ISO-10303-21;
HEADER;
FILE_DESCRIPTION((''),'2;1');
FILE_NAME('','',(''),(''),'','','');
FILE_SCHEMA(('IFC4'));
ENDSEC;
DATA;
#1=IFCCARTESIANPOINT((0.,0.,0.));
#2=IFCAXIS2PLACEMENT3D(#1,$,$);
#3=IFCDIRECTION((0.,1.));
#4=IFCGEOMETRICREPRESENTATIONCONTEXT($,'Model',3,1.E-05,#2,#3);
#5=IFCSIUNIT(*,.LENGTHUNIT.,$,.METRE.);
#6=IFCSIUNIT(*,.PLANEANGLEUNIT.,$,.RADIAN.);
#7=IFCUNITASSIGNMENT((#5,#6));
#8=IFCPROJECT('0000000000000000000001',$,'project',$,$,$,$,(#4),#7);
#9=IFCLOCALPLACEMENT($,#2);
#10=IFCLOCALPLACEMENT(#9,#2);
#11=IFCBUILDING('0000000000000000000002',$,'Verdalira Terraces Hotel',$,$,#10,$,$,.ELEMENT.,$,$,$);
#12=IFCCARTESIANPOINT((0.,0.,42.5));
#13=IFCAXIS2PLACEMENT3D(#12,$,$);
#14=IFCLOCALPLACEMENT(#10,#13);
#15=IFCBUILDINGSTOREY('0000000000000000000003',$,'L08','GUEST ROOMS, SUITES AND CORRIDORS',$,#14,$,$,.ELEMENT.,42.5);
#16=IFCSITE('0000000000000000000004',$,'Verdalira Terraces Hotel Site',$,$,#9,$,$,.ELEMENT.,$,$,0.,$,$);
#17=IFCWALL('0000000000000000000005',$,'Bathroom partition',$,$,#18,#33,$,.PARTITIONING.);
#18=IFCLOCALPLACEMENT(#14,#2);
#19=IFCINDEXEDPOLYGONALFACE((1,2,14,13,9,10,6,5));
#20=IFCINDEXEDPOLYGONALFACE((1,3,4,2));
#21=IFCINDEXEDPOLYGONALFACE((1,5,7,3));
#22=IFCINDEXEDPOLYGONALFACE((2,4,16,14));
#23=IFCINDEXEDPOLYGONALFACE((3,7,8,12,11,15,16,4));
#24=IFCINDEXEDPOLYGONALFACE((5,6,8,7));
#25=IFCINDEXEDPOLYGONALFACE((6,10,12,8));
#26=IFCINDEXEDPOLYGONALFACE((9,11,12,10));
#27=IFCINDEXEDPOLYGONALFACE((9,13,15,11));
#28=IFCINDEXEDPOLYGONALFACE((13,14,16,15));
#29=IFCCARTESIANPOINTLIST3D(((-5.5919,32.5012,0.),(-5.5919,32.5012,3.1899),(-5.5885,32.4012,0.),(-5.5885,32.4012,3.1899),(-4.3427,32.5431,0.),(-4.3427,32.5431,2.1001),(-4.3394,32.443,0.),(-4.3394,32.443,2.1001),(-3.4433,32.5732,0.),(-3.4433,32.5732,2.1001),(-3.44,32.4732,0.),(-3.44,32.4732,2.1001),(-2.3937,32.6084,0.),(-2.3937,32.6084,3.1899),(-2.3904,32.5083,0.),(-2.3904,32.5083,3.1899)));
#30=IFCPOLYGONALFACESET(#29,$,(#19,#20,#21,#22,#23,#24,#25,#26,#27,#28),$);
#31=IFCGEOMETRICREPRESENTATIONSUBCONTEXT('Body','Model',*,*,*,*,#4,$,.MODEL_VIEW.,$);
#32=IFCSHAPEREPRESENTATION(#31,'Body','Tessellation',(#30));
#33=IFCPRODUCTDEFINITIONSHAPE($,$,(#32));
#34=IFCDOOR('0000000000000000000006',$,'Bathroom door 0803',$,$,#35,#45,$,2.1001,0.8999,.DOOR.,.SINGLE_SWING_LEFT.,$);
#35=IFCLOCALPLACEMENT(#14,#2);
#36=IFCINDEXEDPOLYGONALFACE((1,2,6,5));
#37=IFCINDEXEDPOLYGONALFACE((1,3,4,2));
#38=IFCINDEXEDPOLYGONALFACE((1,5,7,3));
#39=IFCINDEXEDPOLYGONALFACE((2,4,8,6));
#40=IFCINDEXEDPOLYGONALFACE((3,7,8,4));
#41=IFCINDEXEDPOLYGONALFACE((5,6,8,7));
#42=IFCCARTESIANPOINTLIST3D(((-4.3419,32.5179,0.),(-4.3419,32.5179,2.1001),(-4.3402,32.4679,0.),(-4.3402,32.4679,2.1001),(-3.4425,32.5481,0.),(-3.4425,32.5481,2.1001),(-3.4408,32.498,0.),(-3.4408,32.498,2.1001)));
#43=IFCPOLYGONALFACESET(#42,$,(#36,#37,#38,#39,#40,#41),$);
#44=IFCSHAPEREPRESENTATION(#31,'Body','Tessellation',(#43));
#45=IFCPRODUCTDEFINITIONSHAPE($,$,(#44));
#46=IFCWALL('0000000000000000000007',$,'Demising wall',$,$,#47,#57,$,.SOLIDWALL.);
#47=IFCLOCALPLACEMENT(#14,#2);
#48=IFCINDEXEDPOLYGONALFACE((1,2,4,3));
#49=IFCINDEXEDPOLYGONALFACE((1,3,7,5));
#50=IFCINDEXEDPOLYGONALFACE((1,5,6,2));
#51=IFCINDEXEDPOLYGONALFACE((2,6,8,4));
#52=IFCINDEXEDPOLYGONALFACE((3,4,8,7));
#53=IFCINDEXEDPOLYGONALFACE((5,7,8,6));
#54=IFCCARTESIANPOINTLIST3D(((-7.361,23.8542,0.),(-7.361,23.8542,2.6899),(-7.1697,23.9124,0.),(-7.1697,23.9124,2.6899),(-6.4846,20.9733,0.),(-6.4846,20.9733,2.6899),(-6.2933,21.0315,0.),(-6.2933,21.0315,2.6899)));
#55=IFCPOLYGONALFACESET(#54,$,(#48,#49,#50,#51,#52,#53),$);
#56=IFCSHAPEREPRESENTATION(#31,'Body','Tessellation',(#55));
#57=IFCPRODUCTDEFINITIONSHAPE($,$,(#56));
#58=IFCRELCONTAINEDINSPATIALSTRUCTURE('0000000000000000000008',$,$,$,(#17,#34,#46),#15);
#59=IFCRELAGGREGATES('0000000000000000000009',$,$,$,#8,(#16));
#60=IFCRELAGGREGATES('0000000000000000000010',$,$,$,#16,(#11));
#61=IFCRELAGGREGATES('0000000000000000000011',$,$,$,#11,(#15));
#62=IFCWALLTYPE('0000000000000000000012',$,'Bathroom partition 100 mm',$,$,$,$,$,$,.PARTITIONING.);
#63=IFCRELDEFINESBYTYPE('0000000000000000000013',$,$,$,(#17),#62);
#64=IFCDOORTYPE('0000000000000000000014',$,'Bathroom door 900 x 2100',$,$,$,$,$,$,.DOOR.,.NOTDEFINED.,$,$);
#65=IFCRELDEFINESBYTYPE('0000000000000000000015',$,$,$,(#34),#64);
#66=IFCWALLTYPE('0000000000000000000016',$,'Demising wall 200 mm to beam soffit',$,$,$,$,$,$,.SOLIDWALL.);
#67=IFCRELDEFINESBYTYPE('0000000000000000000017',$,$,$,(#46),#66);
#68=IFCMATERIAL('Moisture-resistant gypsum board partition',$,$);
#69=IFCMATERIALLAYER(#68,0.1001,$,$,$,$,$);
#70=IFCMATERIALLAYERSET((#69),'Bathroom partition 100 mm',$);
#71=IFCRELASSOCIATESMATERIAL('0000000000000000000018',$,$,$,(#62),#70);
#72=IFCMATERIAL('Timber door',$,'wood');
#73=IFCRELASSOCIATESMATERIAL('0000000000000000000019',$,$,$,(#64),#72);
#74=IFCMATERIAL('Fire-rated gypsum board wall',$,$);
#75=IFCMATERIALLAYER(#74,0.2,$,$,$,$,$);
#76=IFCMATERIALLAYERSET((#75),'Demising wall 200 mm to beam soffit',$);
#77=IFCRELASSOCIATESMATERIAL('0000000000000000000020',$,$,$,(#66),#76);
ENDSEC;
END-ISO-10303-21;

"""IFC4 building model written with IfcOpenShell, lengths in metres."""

from ifc_helpers import new_model, si_unit, direction, frame, frame_2d, origin, place, context, subcontext, project, spatial, rectangle, extrude, material, layer, layer_set, type_object, element, fill, save


model = new_model("IFC4")

# Units and contexts
model_context = context("Model", 3, precision=1e-05, world=origin(), true_north=direction((0.0, 1.0)))
body_context = subcontext(model_context, "Body", "Model", "MODEL_VIEW")
ifc_project = project(units=[si_unit("LENGTHUNIT", "METRE"), si_unit("PLANEANGLEUNIT", "RADIAN")], contexts=[model_context])

# Site, building, storey
site_placement = place(None, origin())
site = spatial("IfcSite", under=ifc_project, at=site_placement, Name="Verdalira Terraces Hotel Site", CompositionType="ELEMENT", RefElevation=0.0)
building_placement = place(site_placement, origin())
building = spatial("IfcBuilding", under=site, at=building_placement, Name="Verdalira Terraces Hotel", CompositionType="ELEMENT")
storey_placement = place(building_placement, frame((0.0, 0.0, 42.5)))
storey = spatial("IfcBuildingStorey", under=building, at=storey_placement, Name="L08", Description="GUEST ROOMS, SUITES AND CORRIDORS", CompositionType="ELEMENT", Elevation=42.5)

# Shared definitions
ifc_material_1 = material(Name="Moisture-resistant gypsum board partition")
ifc_layer_1 = layer(ifc_material_1, 0.1001)
ifc_layer_set_1 = layer_set([ifc_layer_1], Name="Bathroom partition 100 mm")
wall_type_1 = type_object("IfcWallType", Name="Bathroom partition 100 mm", PredefinedType="PARTITIONING", material=ifc_layer_set_1)

# Wall, opening, door
wall_1_placement = place(storey_placement, frame((-5.5903, 32.4512, 0.0), z_axis=(0.0, 0.0, 1.0), x_axis=(0.999439, 0.033493, 0.0)))
wall_1 = element("IfcWall", 1, at=wall_1_placement, inside=storey, type_object=wall_type_1, Name="Bathroom partition", PredefinedType="PARTITIONING", context=body_context, shape_type="SweptSolid", body=[
    extrude(rectangle(XDim=3.2, YDim=0.1001, at=frame_2d((1.6001, 0.0))), origin(), (0.0, 0.0, 1.0), 3.1899),
])
opening_1_placement = place(wall_1_placement, frame((1.25, 0.0, 0.0)))
opening_1 = element("IfcOpeningElement", 2, at=opening_1_placement, cuts=wall_1, PredefinedType="OPENING", context=body_context, shape_type="SweptSolid", body=[
    extrude(rectangle(XDim=0.8999, YDim=2.1001, at=frame_2d((0.45, 1.05))), frame((0.0, 0.0601, 0.0), z_axis=(0.0, -1.0, 0.0), x_axis=(1.0, 0.0, 0.0)), (0.0, 0.0, 1.0), 0.1201),
])
ifc_material_2 = material(Name="Timber door", Category="wood")
door_type_1 = type_object("IfcDoorType", Name="Bathroom door 900 x 2100", OperationType="NOTDEFINED", PredefinedType="DOOR", material=ifc_material_2)
door_1_placement = place(opening_1_placement, origin())
door_1 = element("IfcDoor", 3, at=door_1_placement, inside=storey, type_object=door_type_1, Name="Bathroom door 0803", OperationType="SINGLE_SWING_LEFT", OverallHeight=2.1001, OverallWidth=0.8999, PredefinedType="DOOR", context=body_context, shape_type="SweptSolid", body=[
    extrude(rectangle(XDim=0.8999, YDim=2.1001, at=frame_2d((0.45, 1.05))), frame((0.0, 0.0249, 0.0), z_axis=(0.0, -1.0, 0.0), x_axis=(1.0, 0.0, 0.0)), (0.0, 0.0, 1.0), 0.05),
])
fill(opening_1, door_1)

# Wall
ifc_material_3 = material(Name="Fire-rated gypsum board wall")
ifc_layer_2 = layer(ifc_material_3, 0.2)
ifc_layer_set_2 = layer_set([ifc_layer_2], Name="Demising wall 200 mm to beam soffit")
wall_type_2 = type_object("IfcWallType", Name="Demising wall 200 mm to beam soffit", PredefinedType="SOLIDWALL", material=ifc_layer_set_2)
wall_2_placement = place(storey_placement, frame((-6.3889, 21.0024, 0.0), z_axis=(0.0, 0.0, 1.0), x_axis=(-0.291065, 0.956703, 0.0)))
element("IfcWall", 4, at=wall_2_placement, inside=storey, type_object=wall_type_2, Name="Demising wall", PredefinedType="SOLIDWALL", context=body_context, shape_type="SweptSolid", body=[
    extrude(rectangle(XDim=3.0112, YDim=0.2, at=frame_2d((1.5056, 0.0))), origin(), (0.0, 0.0, 1.0), 2.6899),
])

save(model, "model.ifc")
